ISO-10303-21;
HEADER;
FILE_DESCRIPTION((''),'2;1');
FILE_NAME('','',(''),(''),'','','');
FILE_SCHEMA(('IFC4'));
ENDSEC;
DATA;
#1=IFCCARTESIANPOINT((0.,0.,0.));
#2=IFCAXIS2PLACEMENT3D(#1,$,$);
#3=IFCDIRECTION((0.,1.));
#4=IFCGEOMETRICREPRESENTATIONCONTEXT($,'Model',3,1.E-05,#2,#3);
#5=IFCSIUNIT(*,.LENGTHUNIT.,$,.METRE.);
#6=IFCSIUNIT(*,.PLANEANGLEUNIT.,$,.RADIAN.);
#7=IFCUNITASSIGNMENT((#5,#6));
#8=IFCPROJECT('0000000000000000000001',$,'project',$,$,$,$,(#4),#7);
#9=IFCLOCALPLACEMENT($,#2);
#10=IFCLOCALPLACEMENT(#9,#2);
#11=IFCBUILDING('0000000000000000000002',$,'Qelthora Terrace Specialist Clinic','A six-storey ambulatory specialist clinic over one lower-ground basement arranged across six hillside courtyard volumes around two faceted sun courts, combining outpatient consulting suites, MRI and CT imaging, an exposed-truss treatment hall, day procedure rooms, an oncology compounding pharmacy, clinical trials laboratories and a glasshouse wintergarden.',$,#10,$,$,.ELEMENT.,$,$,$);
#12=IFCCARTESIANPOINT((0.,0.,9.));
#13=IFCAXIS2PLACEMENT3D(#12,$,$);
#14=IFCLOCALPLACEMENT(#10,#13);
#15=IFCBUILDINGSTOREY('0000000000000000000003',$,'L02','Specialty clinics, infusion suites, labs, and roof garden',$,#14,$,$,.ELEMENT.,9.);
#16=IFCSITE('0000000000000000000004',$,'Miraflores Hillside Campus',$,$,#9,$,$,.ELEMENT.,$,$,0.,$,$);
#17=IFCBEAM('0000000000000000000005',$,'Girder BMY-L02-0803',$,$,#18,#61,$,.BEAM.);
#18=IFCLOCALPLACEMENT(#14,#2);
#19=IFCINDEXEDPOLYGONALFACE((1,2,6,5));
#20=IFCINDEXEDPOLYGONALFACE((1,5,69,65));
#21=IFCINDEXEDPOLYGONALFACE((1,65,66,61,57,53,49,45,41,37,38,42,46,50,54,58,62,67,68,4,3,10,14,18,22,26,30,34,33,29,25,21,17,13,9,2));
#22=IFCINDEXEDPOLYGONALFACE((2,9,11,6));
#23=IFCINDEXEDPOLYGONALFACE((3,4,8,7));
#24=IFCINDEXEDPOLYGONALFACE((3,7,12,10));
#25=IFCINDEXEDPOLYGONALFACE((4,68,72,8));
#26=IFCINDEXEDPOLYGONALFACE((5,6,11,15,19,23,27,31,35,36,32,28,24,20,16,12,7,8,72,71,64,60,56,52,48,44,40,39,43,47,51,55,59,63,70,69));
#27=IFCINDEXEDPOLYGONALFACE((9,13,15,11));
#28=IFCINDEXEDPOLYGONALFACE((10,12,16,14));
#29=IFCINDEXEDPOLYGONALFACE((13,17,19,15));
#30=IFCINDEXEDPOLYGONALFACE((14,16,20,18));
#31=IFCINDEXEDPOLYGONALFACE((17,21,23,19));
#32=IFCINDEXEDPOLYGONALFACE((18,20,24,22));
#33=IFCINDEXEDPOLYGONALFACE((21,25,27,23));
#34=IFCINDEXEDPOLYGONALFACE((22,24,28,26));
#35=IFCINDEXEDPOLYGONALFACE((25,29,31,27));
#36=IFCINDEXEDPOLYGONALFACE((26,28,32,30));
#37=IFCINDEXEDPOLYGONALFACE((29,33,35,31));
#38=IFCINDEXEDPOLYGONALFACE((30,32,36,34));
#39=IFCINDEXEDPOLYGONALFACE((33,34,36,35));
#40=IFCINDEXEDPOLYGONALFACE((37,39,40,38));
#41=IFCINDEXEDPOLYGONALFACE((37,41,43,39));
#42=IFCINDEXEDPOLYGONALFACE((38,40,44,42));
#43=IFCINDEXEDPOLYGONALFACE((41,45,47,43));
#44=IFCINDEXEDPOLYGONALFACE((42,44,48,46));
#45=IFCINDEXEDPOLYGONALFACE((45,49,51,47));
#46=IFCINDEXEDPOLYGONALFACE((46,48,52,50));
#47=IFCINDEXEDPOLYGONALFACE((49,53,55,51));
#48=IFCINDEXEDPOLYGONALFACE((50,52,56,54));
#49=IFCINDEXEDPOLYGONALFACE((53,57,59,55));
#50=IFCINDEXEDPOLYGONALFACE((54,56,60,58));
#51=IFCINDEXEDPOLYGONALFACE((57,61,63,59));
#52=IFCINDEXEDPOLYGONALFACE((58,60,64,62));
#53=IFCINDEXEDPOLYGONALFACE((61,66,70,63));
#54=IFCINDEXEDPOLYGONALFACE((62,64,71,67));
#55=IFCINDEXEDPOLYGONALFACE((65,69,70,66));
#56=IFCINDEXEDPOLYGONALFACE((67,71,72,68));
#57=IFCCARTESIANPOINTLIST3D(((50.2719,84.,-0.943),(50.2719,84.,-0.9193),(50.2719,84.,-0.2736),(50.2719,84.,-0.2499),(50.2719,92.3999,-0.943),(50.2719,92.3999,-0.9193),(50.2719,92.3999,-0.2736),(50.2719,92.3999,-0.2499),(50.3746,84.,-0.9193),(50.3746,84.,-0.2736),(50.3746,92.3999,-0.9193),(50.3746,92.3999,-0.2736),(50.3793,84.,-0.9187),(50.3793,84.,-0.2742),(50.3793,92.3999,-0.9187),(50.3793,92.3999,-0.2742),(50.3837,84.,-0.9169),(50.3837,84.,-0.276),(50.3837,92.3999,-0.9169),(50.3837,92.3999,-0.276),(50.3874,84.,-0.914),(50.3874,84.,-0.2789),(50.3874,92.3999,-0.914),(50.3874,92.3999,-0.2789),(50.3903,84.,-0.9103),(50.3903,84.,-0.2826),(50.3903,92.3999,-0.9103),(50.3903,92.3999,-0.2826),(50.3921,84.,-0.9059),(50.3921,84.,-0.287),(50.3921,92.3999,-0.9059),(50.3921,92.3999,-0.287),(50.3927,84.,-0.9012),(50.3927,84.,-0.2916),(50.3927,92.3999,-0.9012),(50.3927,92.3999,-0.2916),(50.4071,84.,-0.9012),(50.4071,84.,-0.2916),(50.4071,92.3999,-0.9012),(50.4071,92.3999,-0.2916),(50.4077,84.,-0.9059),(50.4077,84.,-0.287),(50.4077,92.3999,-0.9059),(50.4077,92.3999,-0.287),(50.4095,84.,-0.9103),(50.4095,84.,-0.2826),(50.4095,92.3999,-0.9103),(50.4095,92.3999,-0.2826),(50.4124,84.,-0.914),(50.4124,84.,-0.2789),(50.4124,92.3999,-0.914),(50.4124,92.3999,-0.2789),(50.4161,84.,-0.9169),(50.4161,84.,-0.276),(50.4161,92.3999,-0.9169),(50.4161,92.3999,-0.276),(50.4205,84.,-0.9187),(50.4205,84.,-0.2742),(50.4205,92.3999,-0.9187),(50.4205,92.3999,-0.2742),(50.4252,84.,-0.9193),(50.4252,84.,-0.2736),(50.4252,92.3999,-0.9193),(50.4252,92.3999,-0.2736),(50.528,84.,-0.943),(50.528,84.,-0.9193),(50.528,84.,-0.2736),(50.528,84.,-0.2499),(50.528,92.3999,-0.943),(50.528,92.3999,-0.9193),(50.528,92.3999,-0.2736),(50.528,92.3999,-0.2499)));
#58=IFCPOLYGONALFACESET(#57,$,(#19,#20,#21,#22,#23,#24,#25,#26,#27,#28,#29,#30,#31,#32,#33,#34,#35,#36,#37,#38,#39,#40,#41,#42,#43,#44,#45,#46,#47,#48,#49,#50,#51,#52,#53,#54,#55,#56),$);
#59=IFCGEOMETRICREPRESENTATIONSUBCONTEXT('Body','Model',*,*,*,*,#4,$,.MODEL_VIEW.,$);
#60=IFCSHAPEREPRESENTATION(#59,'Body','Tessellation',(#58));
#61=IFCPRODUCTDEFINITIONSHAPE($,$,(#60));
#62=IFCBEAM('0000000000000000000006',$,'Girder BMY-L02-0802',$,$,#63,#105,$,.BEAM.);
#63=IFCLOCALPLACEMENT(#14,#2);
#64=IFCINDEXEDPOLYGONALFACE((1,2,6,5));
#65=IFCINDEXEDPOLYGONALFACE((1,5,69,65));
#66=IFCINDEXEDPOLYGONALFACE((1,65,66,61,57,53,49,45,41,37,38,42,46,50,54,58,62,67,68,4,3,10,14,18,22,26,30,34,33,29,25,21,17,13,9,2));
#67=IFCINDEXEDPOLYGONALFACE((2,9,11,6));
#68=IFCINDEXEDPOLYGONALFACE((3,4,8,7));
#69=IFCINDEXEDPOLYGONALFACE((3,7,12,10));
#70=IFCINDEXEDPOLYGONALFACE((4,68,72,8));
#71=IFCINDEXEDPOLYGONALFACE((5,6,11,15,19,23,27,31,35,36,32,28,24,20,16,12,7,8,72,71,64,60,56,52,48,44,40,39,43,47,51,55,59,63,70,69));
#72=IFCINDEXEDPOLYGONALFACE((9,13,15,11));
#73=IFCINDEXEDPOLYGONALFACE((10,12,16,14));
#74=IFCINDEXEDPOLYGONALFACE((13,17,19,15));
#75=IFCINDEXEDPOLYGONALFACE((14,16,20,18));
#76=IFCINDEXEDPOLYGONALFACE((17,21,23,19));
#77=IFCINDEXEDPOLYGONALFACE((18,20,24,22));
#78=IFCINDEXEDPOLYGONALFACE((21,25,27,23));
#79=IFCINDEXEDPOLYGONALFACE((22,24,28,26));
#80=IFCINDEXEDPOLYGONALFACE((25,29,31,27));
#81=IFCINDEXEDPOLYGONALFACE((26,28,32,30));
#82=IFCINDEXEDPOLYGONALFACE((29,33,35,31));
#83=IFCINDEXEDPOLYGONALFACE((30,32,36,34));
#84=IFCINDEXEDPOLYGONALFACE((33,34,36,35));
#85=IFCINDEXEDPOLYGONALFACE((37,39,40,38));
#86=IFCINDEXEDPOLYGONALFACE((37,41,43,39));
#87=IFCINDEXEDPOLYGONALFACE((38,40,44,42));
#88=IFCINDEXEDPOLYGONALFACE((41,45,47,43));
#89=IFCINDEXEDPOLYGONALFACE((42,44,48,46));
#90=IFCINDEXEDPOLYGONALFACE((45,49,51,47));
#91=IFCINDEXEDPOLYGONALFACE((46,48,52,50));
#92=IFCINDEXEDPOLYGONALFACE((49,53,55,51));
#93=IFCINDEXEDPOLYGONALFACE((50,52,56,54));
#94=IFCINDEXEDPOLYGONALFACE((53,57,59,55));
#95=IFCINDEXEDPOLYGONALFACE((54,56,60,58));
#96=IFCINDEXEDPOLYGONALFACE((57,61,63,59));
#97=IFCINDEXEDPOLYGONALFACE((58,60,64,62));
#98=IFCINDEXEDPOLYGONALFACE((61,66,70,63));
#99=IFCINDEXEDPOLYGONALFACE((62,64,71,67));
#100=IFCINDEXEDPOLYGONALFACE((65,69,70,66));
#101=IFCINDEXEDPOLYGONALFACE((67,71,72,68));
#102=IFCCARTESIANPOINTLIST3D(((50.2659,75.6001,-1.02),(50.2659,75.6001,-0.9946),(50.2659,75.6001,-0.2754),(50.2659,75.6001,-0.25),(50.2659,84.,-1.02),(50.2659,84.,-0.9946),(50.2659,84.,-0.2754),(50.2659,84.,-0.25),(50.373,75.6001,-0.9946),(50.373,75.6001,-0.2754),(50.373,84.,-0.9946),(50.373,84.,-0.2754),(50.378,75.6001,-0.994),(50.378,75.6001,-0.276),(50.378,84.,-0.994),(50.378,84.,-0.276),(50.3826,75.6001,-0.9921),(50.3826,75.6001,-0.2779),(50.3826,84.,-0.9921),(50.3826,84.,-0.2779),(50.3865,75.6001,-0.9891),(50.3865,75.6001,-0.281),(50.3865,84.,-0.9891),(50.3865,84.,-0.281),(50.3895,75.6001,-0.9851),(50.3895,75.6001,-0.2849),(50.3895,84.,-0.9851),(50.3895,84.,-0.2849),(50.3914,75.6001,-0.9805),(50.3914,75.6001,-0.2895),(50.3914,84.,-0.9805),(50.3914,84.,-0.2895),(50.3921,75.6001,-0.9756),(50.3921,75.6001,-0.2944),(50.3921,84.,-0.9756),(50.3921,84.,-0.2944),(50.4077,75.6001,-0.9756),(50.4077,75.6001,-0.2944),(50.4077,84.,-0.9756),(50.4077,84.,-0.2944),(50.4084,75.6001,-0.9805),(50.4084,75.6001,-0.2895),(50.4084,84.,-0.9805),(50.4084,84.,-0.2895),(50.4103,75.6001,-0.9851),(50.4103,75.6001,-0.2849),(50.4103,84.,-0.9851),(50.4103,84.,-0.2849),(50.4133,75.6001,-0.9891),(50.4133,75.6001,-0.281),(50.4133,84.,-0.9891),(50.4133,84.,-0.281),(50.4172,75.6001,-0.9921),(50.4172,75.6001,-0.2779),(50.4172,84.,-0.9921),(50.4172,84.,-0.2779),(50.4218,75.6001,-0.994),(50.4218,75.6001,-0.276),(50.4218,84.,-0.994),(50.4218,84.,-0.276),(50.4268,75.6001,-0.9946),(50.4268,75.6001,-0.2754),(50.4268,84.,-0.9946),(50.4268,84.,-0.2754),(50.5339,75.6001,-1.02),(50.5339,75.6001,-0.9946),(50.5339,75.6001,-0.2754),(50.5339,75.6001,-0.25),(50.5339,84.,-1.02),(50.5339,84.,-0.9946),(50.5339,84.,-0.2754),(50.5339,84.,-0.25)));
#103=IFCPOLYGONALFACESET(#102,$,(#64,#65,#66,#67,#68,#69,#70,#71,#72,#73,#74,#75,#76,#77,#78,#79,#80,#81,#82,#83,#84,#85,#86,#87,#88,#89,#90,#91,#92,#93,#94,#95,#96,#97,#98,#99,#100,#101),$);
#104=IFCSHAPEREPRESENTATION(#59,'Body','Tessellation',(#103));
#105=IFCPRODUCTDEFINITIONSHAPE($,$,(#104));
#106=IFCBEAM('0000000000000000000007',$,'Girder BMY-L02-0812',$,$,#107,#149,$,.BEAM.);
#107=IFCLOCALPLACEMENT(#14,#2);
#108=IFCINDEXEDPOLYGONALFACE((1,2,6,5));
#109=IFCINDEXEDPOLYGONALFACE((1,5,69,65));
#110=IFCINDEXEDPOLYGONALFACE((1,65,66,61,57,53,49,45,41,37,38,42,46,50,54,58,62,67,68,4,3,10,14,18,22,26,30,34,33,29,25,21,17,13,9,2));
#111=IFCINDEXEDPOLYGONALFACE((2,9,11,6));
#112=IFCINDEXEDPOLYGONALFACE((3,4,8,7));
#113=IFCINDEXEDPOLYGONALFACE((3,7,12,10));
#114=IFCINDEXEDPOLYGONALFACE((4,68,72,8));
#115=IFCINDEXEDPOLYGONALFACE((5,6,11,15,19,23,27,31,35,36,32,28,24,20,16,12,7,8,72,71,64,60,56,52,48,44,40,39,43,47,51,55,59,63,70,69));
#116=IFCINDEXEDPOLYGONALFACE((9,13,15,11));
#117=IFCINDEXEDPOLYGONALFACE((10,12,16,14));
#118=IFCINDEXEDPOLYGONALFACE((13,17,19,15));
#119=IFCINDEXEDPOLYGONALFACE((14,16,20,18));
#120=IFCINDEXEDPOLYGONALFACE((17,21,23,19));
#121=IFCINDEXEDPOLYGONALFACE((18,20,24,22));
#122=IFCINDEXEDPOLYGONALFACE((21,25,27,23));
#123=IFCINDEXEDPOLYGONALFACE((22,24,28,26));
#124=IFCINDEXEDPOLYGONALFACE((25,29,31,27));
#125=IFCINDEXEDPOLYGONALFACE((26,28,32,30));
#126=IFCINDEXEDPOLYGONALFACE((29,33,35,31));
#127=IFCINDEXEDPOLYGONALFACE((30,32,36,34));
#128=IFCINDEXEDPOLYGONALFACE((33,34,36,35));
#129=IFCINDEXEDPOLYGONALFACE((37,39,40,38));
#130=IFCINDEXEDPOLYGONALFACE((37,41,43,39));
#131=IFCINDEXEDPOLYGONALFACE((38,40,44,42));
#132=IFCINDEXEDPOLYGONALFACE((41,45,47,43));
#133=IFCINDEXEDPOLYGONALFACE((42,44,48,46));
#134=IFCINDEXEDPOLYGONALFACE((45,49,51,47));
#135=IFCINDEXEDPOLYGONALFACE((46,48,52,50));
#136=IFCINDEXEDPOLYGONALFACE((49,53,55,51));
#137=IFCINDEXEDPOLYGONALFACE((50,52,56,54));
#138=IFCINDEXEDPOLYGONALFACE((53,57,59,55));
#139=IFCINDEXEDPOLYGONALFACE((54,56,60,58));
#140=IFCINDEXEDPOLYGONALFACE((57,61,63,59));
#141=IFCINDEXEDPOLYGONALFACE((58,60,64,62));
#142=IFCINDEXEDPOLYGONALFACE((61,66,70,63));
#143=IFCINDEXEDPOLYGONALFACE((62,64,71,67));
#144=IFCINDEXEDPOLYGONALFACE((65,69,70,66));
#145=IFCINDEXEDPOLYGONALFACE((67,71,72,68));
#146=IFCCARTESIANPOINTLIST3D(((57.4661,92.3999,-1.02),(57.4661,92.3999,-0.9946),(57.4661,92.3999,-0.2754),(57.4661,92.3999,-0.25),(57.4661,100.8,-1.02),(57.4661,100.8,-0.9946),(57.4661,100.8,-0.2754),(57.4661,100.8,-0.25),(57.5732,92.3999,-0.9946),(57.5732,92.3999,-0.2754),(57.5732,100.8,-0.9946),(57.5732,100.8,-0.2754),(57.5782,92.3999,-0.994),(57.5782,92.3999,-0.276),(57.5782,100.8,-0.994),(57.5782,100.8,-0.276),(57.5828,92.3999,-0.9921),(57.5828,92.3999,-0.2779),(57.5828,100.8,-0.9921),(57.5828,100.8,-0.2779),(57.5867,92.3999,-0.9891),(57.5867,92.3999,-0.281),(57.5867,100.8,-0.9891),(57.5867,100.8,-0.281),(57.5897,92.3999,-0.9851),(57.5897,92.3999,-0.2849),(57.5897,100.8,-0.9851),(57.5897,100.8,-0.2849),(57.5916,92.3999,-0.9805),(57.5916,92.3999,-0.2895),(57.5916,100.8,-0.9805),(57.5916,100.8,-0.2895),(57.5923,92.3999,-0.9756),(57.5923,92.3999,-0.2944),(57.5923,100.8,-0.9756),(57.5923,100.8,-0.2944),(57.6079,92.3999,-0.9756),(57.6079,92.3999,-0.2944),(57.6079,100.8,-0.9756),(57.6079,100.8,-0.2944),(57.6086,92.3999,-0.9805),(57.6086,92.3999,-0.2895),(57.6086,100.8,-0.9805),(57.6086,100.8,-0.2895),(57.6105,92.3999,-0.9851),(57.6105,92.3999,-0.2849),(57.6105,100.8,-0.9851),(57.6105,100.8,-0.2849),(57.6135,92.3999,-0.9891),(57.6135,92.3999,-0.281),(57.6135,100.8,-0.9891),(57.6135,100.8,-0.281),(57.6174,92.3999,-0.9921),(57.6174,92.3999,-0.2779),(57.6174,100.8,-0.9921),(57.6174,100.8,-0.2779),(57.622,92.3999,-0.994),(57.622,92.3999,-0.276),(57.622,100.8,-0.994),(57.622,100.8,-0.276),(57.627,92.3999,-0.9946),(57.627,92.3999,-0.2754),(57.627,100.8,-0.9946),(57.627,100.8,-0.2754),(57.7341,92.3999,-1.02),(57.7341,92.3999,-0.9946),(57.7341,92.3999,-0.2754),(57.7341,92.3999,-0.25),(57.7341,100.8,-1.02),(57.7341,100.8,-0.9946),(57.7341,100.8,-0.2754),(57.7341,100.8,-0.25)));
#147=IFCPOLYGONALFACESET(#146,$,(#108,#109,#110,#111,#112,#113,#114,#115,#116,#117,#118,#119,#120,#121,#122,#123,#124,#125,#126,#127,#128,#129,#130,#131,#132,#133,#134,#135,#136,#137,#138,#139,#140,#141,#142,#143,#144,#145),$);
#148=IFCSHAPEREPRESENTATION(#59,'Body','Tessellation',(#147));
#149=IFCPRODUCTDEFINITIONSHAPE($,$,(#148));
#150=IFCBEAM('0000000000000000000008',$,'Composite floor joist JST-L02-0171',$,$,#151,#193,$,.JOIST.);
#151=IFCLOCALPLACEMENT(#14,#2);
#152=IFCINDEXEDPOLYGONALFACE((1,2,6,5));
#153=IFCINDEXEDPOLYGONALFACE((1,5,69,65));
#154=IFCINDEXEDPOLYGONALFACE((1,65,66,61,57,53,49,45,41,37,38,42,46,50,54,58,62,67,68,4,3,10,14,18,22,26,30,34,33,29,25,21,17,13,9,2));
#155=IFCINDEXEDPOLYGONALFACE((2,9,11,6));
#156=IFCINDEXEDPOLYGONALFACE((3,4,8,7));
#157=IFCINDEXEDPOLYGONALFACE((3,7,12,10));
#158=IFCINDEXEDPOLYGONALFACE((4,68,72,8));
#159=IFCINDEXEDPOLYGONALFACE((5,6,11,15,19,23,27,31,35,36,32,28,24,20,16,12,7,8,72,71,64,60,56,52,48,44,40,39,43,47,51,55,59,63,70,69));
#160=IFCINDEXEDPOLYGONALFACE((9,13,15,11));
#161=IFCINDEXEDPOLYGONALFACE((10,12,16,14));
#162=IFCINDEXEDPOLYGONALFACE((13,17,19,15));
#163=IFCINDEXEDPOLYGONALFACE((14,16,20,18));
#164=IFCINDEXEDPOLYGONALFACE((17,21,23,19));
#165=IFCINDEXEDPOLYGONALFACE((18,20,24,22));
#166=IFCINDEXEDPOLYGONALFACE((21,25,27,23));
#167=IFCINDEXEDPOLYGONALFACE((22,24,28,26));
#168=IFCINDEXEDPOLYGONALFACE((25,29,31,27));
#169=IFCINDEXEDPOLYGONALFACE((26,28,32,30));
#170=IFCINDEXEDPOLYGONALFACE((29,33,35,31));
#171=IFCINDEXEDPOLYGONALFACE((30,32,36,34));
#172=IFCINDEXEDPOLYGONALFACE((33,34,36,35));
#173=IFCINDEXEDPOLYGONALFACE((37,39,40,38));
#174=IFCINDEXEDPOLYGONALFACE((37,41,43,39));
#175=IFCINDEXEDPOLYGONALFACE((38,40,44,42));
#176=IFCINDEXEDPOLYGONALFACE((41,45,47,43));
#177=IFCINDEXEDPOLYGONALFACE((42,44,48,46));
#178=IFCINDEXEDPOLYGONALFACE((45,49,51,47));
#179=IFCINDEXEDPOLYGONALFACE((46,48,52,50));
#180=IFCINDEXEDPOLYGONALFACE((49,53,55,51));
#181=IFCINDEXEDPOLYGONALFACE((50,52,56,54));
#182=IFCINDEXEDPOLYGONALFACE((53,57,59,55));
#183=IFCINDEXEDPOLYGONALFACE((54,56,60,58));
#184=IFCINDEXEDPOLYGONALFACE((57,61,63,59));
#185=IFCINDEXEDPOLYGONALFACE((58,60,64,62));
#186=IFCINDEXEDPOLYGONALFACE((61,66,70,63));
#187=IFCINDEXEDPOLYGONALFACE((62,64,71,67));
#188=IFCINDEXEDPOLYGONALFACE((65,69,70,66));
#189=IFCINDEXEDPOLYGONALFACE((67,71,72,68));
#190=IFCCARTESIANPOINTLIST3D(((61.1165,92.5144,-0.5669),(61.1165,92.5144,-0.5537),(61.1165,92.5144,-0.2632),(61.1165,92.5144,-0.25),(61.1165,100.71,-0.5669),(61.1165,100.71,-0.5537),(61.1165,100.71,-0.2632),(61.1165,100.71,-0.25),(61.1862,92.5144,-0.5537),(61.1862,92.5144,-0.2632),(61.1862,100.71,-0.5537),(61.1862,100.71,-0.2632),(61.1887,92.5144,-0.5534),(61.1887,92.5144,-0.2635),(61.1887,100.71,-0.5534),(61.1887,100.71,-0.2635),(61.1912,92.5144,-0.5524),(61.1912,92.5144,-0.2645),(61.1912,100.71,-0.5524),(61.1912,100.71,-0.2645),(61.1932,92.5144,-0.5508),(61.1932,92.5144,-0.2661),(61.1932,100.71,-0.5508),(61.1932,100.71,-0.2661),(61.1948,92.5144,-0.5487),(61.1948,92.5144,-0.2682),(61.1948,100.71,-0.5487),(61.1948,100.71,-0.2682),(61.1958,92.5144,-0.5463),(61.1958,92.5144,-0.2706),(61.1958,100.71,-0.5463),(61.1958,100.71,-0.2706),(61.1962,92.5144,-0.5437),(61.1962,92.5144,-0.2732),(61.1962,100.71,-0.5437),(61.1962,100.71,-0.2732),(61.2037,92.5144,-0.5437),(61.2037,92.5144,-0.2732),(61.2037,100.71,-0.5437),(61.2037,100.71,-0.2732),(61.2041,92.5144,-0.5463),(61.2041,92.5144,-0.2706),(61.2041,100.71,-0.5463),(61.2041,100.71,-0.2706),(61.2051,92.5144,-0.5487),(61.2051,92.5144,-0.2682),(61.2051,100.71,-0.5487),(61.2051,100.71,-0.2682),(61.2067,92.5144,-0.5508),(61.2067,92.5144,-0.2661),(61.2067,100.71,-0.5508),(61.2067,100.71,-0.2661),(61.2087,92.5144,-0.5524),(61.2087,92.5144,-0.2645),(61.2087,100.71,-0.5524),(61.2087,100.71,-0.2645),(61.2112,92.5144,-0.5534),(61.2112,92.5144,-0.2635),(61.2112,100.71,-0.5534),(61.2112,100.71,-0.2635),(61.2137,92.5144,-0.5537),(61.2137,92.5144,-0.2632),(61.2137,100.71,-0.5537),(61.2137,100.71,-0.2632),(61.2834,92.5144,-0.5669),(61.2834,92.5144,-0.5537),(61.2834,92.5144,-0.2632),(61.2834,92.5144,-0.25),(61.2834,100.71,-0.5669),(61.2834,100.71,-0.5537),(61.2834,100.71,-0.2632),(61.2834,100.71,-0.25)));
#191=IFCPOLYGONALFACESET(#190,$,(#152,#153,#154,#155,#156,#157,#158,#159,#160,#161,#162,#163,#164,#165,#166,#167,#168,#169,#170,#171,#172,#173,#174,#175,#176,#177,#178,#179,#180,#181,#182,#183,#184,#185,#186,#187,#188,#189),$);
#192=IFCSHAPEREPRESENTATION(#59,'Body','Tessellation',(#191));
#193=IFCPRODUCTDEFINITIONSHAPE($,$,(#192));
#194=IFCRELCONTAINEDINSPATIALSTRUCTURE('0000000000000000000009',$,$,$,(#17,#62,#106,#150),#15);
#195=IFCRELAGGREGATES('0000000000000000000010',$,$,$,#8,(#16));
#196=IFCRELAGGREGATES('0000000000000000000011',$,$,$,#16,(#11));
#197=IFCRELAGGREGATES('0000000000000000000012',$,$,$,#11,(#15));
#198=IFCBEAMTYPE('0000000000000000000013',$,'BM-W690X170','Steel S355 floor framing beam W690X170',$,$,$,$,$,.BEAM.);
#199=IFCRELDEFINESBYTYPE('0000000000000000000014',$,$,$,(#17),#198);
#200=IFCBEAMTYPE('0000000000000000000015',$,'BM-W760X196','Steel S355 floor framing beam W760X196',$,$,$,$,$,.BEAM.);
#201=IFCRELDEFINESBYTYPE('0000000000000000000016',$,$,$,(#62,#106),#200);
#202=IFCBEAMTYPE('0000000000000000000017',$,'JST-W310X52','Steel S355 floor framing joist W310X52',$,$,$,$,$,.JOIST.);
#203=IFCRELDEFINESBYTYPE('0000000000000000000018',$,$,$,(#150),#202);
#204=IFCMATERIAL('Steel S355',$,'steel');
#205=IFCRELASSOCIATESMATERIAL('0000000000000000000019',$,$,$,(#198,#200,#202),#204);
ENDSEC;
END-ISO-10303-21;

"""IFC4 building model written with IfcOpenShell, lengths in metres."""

from ifc_helpers import new_model, si_unit, direction, frame, origin, origin_2d, place, context, subcontext, project, spatial, i_section, extrude, material, material_profile, profile_set, type_object, element, save


model = new_model("IFC4")

# Units and contexts
model_context = context("Model", 3, precision=1e-05, world=origin(), true_north=direction((0.0, 1.0)))
body_context = subcontext(model_context, "Body", "Model", "MODEL_VIEW")
ifc_project = project(units=[si_unit("LENGTHUNIT", "METRE"), si_unit("PLANEANGLEUNIT", "RADIAN")], contexts=[model_context])

# Site, building, storey
site_placement = place(None, origin())
site = spatial("IfcSite", under=ifc_project, at=site_placement, Name="Miraflores Hillside Campus", CompositionType="ELEMENT", RefElevation=0.0)
building_placement = place(site_placement, origin())
building = spatial("IfcBuilding", under=site, at=building_placement, Name="Qelthora Terrace Specialist Clinic", Description="A six-storey ambulatory specialist clinic over one lower-ground basement arranged across six hillside courtyard volumes around two faceted sun courts, combining outpatient consulting suites, MRI and CT imaging, an exposed-truss treatment hall, day procedure rooms, an oncology compounding pharmacy, clinical trials laboratories and a glasshouse wintergarden.", CompositionType="ELEMENT")
storey_placement = place(building_placement, frame((0.0, 0.0, 9.0)))
storey = spatial("IfcBuildingStorey", under=building, at=storey_placement, Name="L02", Description="Specialty clinics, infusion suites, labs, and roof garden", CompositionType="ELEMENT", Elevation=9.0)

# Shared definitions
ifc_material_1 = material(Name="Steel S355", Category="steel")

# Beams
ifc_material_profile_1 = material_profile(ifc_material_1, i_section(OverallWidth=0.2561, OverallDepth=0.6931, WebThickness=0.0144, FlangeThickness=0.0237, FilletRadius=0.0181, at=origin_2d()), Name="W690X170")
ifc_profile_set_1 = profile_set([ifc_material_profile_1], Name="Steel S355")
beam_type_1 = type_object("IfcBeamType", Name="BM-W690X170", Description="Steel S355 floor framing beam W690X170", PredefinedType="BEAM", material=ifc_profile_set_1)
beam_1_placement = place(storey_placement, frame((50.3999, 84.0, -0.5964), z_axis=(0.0, 1.0, 0.0), x_axis=(-1.0, 0.0, 0.0)))
element("IfcBeam", 1, at=beam_1_placement, inside=storey, type_object=beam_type_1, Name="Girder BMY-L02-0803", PredefinedType="BEAM", context=body_context, shape_type="SweptSolid", body=[
    extrude(i_section(OverallWidth=0.2561, OverallDepth=0.6931, WebThickness=0.0144, FlangeThickness=0.0237, FilletRadius=0.0181, at=origin_2d()), origin(), (0.0, 0.0, 1.0), 8.3999),
])
ifc_material_profile_2 = material_profile(ifc_material_1, i_section(OverallWidth=0.2681, OverallDepth=0.77, WebThickness=0.0156, FlangeThickness=0.0254, FilletRadius=0.019, at=origin_2d()), Name="W760X196")
ifc_profile_set_2 = profile_set([ifc_material_profile_2], Name="Steel S355")
beam_type_2 = type_object("IfcBeamType", Name="BM-W760X196", Description="Steel S355 floor framing beam W760X196", PredefinedType="BEAM", material=ifc_profile_set_2)
beam_2_placement = place(storey_placement, frame((50.3999, 75.6001, -0.635), z_axis=(0.0, 1.0, 0.0), x_axis=(-1.0, 0.0, 0.0)))
element("IfcBeam", 2, at=beam_2_placement, inside=storey, type_object=beam_type_2, Name="Girder BMY-L02-0802", PredefinedType="BEAM", context=body_context, shape_type="SweptSolid", body=[
    extrude(i_section(OverallWidth=0.2681, OverallDepth=0.77, WebThickness=0.0156, FlangeThickness=0.0254, FilletRadius=0.019, at=origin_2d()), origin(), (0.0, 0.0, 1.0), 8.3999),
])
beam_3_placement = place(storey_placement, frame((57.6001, 92.3999, -0.635), z_axis=(0.0, 1.0, 0.0), x_axis=(-1.0, 0.0, 0.0)))
element("IfcBeam", 3, at=beam_3_placement, inside=storey, type_object=beam_type_2, Name="Girder BMY-L02-0812", PredefinedType="BEAM", context=body_context, shape_type="SweptSolid", body=[
    extrude(i_section(OverallWidth=0.2681, OverallDepth=0.77, WebThickness=0.0156, FlangeThickness=0.0254, FilletRadius=0.019, at=origin_2d()), origin(), (0.0, 0.0, 1.0), 8.4001),
])
ifc_material_profile_3 = material_profile(ifc_material_1, i_section(OverallWidth=0.167, OverallDepth=0.3169, WebThickness=0.0076, FlangeThickness=0.0132, FilletRadius=0.01, at=origin_2d()), Name="W310X52")
ifc_profile_set_3 = profile_set([ifc_material_profile_3], Name="Steel S355")
beam_type_3 = type_object("IfcBeamType", Name="JST-W310X52", Description="Steel S355 floor framing joist W310X52", PredefinedType="JOIST", material=ifc_profile_set_3)
beam_4_placement = place(storey_placement, frame((61.2, 92.5144, -0.4084), z_axis=(0.0, 1.0, 0.0), x_axis=(-1.0, 0.0, 0.0)))
element("IfcBeam", 4, at=beam_4_placement, inside=storey, type_object=beam_type_3, Name="Composite floor joist JST-L02-0171", PredefinedType="JOIST", context=body_context, shape_type="SweptSolid", body=[
    extrude(i_section(OverallWidth=0.167, OverallDepth=0.3169, WebThickness=0.0076, FlangeThickness=0.0132, FilletRadius=0.01, at=origin_2d()), origin(), (0.0, 0.0, 1.0), 8.1956),
])

save(model, "model.ifc")
